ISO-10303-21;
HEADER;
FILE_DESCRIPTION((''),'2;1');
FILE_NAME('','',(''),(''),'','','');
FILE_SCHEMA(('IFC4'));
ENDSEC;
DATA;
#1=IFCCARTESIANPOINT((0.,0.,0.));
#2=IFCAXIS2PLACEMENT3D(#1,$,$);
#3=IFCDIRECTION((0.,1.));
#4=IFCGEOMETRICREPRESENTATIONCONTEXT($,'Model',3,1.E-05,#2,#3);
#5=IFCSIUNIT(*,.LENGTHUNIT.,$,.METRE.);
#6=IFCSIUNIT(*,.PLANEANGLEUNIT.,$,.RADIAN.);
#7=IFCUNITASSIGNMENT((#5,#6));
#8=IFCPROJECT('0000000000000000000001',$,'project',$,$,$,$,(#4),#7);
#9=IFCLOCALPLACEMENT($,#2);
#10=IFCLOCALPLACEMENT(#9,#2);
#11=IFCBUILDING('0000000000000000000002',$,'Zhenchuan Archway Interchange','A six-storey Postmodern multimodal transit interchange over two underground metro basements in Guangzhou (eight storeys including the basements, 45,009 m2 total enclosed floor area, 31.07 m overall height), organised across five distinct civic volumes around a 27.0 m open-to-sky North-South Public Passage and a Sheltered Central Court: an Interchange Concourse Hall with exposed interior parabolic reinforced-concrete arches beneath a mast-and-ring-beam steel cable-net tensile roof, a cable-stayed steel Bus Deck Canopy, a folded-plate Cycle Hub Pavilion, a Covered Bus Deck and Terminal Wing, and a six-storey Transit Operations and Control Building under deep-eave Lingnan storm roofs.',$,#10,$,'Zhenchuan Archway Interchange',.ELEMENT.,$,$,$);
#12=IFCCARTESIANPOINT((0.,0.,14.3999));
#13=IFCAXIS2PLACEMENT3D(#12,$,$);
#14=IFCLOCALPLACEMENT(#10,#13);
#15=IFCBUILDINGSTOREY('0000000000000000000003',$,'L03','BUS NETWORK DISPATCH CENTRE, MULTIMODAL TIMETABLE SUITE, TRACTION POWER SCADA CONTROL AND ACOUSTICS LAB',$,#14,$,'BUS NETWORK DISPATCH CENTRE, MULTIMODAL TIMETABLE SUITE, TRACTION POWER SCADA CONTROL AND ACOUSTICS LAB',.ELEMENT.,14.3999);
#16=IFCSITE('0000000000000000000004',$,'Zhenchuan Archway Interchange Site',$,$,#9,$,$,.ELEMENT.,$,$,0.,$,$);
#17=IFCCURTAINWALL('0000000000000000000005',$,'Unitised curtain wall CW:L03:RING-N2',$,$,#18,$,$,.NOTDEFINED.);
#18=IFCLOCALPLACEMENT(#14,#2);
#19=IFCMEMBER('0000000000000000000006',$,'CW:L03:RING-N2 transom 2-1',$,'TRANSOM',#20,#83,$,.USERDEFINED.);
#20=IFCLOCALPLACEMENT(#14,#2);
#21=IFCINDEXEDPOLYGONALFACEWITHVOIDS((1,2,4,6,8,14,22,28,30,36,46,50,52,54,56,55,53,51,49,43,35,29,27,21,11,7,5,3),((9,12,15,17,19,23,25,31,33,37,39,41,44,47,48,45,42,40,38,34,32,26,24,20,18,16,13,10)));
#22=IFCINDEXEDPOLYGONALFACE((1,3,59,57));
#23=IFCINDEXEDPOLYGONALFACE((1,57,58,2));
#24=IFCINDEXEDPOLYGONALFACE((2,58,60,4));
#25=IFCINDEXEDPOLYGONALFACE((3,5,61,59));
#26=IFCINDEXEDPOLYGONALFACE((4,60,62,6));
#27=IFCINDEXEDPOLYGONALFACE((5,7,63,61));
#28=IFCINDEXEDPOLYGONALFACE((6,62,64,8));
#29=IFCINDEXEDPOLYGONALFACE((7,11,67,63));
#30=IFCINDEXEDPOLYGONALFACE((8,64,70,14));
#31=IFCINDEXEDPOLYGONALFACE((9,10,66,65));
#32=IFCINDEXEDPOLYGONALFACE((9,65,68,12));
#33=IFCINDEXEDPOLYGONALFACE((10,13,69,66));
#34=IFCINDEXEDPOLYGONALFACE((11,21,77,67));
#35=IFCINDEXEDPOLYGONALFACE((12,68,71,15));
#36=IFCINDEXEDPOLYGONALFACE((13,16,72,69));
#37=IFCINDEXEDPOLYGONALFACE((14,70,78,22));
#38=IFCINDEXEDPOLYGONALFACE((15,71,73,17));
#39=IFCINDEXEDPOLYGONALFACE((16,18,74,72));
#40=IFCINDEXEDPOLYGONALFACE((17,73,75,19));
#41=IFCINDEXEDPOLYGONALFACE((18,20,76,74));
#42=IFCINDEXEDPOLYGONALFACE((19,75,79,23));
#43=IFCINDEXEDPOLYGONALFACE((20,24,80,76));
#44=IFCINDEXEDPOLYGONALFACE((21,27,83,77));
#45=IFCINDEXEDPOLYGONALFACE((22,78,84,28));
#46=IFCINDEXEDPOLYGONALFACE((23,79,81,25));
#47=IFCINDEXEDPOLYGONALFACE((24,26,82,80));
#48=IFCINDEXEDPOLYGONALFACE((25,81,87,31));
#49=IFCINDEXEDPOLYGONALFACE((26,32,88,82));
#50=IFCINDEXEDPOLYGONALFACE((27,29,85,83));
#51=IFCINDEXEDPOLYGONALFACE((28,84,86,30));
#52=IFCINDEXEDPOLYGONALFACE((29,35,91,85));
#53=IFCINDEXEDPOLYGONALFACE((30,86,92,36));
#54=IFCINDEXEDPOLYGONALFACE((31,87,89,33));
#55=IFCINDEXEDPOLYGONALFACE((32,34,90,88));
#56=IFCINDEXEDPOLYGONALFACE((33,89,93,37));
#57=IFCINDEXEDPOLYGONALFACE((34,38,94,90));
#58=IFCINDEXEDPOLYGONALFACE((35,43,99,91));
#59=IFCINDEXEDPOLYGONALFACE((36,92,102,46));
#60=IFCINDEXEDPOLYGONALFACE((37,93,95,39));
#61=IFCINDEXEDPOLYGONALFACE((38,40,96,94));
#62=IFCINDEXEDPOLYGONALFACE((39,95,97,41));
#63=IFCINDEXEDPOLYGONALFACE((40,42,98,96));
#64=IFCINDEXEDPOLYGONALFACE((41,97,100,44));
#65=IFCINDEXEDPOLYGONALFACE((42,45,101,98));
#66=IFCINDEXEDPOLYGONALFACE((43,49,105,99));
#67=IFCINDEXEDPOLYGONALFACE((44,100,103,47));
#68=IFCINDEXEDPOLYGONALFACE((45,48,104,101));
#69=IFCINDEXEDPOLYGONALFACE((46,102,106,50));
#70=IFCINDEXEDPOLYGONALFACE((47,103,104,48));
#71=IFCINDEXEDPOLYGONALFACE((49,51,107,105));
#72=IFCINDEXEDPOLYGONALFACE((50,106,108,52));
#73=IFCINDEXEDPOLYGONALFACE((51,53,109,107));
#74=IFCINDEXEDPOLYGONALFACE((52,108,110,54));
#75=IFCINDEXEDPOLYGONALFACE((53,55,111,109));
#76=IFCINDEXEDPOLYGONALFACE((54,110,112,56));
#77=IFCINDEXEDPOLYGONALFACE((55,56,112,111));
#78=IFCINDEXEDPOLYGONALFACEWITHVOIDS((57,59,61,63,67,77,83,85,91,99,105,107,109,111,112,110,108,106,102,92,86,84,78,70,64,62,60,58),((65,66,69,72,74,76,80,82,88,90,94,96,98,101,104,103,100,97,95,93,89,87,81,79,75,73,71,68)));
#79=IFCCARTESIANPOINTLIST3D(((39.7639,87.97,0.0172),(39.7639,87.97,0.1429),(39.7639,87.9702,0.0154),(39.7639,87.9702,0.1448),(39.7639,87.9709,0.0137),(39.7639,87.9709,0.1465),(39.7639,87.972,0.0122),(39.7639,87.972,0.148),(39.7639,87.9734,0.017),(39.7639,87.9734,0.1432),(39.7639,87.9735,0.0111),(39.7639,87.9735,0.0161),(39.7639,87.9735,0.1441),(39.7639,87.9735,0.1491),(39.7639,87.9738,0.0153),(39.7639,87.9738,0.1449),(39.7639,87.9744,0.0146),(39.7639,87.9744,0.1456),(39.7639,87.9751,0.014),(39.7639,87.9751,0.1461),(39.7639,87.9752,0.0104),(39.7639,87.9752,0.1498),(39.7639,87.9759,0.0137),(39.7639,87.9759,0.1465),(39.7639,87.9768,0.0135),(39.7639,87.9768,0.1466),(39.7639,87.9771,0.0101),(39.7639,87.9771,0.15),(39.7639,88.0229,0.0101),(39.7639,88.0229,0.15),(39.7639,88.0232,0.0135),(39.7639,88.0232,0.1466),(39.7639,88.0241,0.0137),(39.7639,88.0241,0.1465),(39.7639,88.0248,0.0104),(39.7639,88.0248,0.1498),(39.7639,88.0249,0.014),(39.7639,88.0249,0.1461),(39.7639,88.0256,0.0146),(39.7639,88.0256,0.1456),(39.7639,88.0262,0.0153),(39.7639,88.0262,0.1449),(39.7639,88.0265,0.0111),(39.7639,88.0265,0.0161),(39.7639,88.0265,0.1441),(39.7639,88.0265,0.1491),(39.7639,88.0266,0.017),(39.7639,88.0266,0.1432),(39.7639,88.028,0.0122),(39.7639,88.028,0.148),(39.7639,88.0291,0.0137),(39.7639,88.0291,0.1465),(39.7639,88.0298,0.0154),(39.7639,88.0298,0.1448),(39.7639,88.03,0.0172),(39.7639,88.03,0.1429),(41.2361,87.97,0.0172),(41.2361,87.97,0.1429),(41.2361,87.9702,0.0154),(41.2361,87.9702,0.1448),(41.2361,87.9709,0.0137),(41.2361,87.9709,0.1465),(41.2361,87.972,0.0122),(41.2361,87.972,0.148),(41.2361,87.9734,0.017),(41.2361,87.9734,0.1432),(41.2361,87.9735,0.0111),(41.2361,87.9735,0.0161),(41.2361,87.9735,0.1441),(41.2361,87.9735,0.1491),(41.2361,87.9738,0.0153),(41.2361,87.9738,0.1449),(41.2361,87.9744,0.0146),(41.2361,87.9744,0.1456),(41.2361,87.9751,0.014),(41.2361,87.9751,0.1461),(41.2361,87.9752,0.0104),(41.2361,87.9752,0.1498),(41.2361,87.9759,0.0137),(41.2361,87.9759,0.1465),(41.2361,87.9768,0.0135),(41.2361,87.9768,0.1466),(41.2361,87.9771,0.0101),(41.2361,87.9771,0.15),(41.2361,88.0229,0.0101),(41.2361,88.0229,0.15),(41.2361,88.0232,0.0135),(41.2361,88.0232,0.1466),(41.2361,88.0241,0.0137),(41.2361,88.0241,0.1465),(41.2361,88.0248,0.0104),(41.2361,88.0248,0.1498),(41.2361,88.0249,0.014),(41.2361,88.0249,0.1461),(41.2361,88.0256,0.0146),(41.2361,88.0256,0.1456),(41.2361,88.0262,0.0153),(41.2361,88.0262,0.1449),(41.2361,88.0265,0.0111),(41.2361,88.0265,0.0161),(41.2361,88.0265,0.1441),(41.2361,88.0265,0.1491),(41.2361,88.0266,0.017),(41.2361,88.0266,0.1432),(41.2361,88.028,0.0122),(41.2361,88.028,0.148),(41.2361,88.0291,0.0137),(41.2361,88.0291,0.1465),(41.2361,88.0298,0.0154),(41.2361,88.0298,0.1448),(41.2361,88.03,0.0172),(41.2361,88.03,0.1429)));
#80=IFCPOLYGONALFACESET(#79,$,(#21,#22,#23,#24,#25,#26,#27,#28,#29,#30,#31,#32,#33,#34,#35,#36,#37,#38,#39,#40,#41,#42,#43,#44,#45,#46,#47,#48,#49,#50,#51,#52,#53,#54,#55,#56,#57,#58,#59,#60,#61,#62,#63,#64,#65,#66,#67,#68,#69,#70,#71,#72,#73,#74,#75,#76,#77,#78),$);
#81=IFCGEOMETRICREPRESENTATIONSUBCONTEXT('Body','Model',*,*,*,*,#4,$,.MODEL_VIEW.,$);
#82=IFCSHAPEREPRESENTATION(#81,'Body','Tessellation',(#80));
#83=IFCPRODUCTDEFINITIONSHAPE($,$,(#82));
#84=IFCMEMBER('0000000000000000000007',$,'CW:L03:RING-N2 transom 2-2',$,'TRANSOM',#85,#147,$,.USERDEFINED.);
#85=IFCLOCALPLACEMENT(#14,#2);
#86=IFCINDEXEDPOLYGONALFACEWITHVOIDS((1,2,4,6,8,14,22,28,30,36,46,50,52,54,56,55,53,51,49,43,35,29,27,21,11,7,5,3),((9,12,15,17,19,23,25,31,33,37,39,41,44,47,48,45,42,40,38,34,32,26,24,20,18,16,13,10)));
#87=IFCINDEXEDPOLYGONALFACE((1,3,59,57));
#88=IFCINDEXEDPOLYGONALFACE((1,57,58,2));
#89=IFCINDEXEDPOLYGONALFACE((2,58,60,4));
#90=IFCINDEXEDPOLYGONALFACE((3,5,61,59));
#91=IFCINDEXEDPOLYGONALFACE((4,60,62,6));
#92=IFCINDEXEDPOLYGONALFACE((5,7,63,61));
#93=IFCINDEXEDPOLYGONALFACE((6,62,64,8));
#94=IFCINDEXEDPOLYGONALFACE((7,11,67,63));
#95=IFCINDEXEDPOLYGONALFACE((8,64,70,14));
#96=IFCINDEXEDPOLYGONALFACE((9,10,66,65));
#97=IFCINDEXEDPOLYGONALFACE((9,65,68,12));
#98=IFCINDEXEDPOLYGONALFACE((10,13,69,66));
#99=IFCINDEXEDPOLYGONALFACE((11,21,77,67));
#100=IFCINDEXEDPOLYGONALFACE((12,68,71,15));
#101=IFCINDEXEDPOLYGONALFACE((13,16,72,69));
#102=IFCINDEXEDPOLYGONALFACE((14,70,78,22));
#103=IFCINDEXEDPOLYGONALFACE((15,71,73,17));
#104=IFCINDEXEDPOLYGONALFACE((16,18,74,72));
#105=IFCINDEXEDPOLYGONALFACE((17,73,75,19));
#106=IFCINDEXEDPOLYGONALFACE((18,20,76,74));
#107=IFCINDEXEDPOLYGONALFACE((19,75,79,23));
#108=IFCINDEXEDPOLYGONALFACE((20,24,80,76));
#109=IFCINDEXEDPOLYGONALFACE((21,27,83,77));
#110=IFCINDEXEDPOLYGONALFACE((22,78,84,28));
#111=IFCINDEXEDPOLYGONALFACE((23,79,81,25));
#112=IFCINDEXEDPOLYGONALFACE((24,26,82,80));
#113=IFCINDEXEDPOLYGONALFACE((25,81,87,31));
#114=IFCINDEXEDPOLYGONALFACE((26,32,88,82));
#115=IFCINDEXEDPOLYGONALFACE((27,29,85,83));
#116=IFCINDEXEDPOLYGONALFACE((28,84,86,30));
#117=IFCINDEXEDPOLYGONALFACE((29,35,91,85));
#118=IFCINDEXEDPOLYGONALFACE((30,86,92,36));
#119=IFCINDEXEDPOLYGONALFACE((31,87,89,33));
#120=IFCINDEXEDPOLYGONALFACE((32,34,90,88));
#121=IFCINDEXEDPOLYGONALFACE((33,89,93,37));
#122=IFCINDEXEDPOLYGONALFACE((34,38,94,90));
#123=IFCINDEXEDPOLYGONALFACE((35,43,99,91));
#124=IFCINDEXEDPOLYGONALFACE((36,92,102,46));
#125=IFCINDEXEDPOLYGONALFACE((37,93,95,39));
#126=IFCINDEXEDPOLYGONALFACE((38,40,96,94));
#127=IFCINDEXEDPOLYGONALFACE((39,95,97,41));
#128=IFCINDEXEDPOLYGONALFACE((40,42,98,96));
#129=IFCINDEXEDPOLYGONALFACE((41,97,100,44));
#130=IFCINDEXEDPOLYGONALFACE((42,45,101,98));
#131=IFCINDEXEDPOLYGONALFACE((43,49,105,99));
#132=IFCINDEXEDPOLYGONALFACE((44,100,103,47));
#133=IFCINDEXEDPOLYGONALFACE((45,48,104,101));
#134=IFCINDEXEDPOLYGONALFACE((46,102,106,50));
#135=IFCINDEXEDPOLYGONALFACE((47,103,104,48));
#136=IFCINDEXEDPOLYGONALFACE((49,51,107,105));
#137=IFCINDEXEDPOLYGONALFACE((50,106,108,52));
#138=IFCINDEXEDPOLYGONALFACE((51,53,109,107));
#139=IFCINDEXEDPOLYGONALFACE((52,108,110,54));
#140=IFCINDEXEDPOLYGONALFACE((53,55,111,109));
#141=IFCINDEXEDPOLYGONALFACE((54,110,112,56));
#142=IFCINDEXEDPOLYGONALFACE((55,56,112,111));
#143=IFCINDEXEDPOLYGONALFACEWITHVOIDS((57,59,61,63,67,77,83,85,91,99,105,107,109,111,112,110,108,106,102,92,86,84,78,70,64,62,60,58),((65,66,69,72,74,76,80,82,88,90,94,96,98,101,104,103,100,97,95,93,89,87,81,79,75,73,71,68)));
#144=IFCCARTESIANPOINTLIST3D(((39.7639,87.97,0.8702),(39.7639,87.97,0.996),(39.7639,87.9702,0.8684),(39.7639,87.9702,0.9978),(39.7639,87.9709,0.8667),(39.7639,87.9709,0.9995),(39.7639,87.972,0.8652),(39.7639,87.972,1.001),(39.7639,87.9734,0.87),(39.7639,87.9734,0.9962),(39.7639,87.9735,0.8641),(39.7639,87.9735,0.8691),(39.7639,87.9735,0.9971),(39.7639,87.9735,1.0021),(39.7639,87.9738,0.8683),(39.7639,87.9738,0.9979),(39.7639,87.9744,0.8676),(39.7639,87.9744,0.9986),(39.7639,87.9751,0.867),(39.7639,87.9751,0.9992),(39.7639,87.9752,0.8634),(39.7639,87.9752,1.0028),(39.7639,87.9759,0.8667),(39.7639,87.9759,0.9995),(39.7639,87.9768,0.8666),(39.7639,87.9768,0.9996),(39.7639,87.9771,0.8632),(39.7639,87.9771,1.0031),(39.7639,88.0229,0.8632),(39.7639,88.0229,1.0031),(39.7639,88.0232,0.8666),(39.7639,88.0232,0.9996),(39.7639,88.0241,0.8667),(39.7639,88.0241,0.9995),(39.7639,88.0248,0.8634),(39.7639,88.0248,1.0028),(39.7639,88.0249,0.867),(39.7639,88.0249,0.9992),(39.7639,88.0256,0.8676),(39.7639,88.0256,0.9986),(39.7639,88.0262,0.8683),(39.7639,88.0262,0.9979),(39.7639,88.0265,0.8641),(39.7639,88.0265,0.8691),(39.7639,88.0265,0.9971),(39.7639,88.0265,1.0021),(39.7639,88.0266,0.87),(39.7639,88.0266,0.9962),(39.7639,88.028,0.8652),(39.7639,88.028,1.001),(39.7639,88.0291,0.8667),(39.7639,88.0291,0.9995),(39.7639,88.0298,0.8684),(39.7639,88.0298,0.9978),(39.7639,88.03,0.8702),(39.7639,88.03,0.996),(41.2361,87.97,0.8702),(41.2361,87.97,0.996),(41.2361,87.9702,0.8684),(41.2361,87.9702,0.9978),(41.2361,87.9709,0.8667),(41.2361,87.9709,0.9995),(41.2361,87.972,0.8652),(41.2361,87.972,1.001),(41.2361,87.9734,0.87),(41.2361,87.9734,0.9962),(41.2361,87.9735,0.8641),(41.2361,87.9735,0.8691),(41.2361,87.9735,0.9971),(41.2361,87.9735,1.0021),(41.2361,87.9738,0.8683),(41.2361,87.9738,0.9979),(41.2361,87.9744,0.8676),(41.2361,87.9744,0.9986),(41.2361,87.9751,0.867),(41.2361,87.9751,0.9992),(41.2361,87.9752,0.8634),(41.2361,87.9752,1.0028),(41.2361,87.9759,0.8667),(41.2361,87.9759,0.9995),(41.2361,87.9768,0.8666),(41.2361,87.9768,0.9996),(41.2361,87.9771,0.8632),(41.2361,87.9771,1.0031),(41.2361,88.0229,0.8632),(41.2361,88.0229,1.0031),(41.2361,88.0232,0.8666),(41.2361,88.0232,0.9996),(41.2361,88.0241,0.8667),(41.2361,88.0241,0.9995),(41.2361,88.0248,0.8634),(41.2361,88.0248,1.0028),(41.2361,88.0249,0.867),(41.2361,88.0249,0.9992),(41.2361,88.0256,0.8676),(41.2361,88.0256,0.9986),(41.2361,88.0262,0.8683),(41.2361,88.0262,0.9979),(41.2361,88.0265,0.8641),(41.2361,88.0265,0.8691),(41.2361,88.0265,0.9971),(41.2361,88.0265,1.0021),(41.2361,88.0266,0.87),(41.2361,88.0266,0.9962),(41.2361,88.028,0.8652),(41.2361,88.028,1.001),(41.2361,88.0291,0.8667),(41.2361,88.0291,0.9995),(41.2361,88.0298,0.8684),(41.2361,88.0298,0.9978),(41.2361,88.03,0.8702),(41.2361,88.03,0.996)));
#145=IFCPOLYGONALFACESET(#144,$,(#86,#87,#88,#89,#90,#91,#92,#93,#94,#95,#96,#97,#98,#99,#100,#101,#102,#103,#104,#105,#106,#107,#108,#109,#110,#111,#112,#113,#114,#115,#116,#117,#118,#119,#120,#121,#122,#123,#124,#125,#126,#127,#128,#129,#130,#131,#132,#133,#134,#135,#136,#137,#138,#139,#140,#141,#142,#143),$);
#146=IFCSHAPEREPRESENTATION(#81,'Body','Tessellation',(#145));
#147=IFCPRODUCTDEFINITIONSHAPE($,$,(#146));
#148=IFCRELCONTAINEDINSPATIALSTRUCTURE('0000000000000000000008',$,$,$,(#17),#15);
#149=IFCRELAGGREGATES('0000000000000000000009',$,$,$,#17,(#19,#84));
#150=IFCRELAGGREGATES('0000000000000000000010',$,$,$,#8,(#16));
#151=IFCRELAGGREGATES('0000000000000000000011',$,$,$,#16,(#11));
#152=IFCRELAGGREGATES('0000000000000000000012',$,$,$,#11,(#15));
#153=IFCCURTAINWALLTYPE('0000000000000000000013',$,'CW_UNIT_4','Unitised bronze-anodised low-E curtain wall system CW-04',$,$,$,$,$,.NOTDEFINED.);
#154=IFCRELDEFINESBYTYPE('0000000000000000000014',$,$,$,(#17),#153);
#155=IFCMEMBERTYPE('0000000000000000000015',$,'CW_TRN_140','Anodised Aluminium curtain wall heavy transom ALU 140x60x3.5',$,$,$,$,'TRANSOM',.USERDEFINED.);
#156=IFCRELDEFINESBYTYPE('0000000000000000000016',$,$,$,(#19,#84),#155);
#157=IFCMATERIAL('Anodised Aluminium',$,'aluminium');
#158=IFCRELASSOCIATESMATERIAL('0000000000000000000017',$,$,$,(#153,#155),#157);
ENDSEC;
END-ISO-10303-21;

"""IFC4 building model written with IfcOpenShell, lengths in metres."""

from ifc_helpers import new_model, si_unit, direction, frame, origin, origin_2d, place, context, subcontext, project, spatial, hollow_rectangle, extrude, material, material_profile, profile_set, type_object, element, aggregate, save


model = new_model("IFC4")

# Units and contexts
model_context = context("Model", 3, precision=1e-05, world=origin(), true_north=direction((0.0, 1.0)))
body_context = subcontext(model_context, "Body", "Model", "MODEL_VIEW")
ifc_project = project(units=[si_unit("LENGTHUNIT", "METRE"), si_unit("PLANEANGLEUNIT", "RADIAN")], contexts=[model_context])

# Site, building, storey
site_placement = place(None, origin())
site = spatial("IfcSite", under=ifc_project, at=site_placement, Name="Zhenchuan Archway Interchange Site", CompositionType="ELEMENT", RefElevation=0.0)
building_placement = place(site_placement, origin())
building = spatial("IfcBuilding", under=site, at=building_placement, Name="Zhenchuan Archway Interchange", Description="A six-storey Postmodern multimodal transit interchange over two underground metro basements in Guangzhou (eight storeys including the basements, 45,009 m2 total enclosed floor area, 31.07 m overall height), organised across five distinct civic volumes around a 27.0 m open-to-sky North-South Public Passage and a Sheltered Central Court: an Interchange Concourse Hall with exposed interior parabolic reinforced-concrete arches beneath a mast-and-ring-beam steel cable-net tensile roof, a cable-stayed steel Bus Deck Canopy, a folded-plate Cycle Hub Pavilion, a Covered Bus Deck and Terminal Wing, and a six-storey Transit Operations and Control Building under deep-eave Lingnan storm roofs.", LongName="Zhenchuan Archway Interchange", CompositionType="ELEMENT")
storey_placement = place(building_placement, frame((0.0, 0.0, 14.3999)))
storey = spatial("IfcBuildingStorey", under=building, at=storey_placement, Name="L03", Description="BUS NETWORK DISPATCH CENTRE, MULTIMODAL TIMETABLE SUITE, TRACTION POWER SCADA CONTROL AND ACOUSTICS LAB", LongName="BUS NETWORK DISPATCH CENTRE, MULTIMODAL TIMETABLE SUITE, TRACTION POWER SCADA CONTROL AND ACOUSTICS LAB", CompositionType="ELEMENT", Elevation=14.3999)

# Shared definitions
ifc_material_1 = material(Name="Anodised Aluminium", Category="aluminium")
curtain_wall_type = type_object("IfcCurtainWallType", Name="CW_UNIT_4", Description="Unitised bronze-anodised low-E curtain wall system CW-04", PredefinedType="NOTDEFINED", material=ifc_material_1)

# Curtain wall, members
curtain_wall_1_placement = place(storey_placement, origin())
curtain_wall_1 = element("IfcCurtainWall", 1, at=curtain_wall_1_placement, inside=storey, type_object=curtain_wall_type, Name="Unitised curtain wall CW:L03:RING-N2", PredefinedType="NOTDEFINED")
ifc_material_profile_1 = material_profile(ifc_material_1, hollow_rectangle(XDim=0.0601, YDim=0.1399, WallThickness=0.0034, InnerFilletRadius=0.0034, OuterFilletRadius=0.0071, at=origin_2d()), Name="ALU 140x60x3.5")
ifc_profile_set_1 = profile_set([ifc_material_profile_1], Name="Anodised Aluminium")
member_type_1 = type_object("IfcMemberType", Name="CW_TRN_140", Description="Anodised Aluminium curtain wall heavy transom ALU 140x60x3.5", ElementType="TRANSOM", PredefinedType="USERDEFINED", material=ifc_profile_set_1)
member_1_placement = place(storey_placement, frame((39.7639, 88.0, 0.0801), z_axis=(1.0, 0.0, 0.0), x_axis=(0.0, 1.0, 0.0)))
member_1 = element("IfcMember", 2, at=member_1_placement, type_object=member_type_1, Name="CW:L03:RING-N2 transom 2-1", ObjectType="TRANSOM", PredefinedType="USERDEFINED", context=body_context, shape_type="SweptSolid", body=[
    extrude(hollow_rectangle(XDim=0.0601, YDim=0.1399, WallThickness=0.0034, InnerFilletRadius=0.0034, OuterFilletRadius=0.0071, at=origin_2d()), origin(), (0.0, 0.0, 1.0), 1.4722),
])
member_2_placement = place(storey_placement, frame((39.7639, 88.0, 0.9331), z_axis=(1.0, 0.0, 0.0), x_axis=(0.0, 1.0, 0.0)))
member_2 = element("IfcMember", 3, at=member_2_placement, type_object=member_type_1, Name="CW:L03:RING-N2 transom 2-2", ObjectType="TRANSOM", PredefinedType="USERDEFINED", context=body_context, shape_type="SweptSolid", body=[
    extrude(hollow_rectangle(XDim=0.0601, YDim=0.1399, WallThickness=0.0034, InnerFilletRadius=0.0034, OuterFilletRadius=0.0071, at=origin_2d()), origin(), (0.0, 0.0, 1.0), 1.4722),
])

aggregate(curtain_wall_1, [member_1, member_2])

save(model, "model.ifc")
